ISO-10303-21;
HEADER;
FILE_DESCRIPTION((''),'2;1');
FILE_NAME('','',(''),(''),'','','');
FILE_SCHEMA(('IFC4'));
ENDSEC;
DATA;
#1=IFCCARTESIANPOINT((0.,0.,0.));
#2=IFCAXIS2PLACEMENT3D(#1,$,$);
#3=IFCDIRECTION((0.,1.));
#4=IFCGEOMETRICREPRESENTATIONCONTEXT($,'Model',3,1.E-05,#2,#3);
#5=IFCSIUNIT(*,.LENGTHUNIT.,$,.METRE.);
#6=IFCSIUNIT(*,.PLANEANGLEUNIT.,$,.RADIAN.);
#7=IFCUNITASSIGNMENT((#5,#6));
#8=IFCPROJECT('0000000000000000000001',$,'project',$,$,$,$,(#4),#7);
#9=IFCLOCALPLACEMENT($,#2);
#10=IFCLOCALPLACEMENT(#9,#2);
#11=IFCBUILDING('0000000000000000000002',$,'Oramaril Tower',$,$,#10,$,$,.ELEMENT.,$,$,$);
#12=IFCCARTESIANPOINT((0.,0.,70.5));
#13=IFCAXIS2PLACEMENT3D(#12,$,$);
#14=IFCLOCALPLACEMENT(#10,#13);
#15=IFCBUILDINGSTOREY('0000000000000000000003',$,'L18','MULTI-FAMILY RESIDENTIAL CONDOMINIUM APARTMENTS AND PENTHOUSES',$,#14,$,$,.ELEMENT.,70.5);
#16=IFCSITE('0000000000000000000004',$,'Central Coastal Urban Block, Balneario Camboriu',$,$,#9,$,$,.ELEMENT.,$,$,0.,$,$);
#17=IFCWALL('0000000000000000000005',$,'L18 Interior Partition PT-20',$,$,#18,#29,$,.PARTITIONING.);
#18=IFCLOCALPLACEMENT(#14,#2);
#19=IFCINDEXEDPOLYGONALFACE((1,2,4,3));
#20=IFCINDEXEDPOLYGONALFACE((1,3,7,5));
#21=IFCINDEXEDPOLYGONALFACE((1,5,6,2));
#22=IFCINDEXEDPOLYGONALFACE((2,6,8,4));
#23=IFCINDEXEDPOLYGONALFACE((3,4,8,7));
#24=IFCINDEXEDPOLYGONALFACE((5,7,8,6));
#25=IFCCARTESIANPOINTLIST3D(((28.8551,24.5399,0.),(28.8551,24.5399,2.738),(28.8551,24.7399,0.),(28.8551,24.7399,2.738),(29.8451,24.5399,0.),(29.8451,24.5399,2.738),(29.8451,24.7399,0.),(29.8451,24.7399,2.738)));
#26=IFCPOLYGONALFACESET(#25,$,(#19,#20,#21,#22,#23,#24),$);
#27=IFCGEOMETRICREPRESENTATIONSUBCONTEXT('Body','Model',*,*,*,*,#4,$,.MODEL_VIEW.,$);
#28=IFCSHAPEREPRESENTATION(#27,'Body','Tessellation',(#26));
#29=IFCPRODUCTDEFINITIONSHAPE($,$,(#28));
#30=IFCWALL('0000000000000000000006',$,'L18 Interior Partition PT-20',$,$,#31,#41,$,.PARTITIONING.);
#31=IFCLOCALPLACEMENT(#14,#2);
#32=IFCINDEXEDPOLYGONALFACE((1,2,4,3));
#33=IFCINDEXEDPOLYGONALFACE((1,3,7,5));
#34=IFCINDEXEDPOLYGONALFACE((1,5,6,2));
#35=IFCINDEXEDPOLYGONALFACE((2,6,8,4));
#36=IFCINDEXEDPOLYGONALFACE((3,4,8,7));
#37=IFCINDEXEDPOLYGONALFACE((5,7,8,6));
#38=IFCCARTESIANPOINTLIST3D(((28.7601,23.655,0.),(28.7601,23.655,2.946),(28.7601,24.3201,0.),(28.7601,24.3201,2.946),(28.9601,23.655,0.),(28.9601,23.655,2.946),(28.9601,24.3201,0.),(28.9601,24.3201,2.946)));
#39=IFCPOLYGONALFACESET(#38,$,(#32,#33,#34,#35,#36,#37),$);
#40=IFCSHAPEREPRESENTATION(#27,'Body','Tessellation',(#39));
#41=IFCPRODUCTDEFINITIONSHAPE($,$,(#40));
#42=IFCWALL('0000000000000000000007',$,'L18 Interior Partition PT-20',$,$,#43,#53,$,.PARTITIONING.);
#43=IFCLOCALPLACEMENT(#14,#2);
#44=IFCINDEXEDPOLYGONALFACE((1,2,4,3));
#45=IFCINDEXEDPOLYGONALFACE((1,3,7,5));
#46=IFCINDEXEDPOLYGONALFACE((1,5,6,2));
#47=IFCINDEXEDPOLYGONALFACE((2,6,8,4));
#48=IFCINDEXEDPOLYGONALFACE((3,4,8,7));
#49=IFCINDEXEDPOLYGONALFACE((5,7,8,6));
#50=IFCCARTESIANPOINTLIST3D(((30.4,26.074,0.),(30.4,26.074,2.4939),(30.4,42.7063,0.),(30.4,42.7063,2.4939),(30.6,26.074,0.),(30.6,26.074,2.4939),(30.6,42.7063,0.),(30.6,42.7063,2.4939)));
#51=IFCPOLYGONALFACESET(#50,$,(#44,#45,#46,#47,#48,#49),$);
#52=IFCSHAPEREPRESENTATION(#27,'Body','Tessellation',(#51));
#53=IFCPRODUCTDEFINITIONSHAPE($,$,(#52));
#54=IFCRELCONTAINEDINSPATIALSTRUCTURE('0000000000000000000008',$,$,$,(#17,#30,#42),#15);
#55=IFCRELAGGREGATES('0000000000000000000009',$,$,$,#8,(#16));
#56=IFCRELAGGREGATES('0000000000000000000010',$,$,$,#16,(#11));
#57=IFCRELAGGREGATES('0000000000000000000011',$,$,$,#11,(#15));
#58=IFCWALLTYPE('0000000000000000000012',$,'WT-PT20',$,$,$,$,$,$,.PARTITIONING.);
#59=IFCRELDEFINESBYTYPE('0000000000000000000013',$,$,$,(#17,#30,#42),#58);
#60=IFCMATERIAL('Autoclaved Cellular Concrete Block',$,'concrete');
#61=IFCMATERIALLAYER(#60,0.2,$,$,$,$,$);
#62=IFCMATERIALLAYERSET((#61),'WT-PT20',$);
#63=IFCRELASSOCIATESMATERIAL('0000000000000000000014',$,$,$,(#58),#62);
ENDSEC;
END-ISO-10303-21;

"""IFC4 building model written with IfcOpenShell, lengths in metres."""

from ifc_helpers import new_model, si_unit, direction, frame, frame_2d, origin, place, context, subcontext, project, spatial, rectangle, extrude, material, layer, layer_set, type_object, element, save


model = new_model("IFC4")

# Units and contexts
model_context = context("Model", 3, precision=1e-05, world=origin(), true_north=direction((0.0, 1.0)))
body_context = subcontext(model_context, "Body", "Model", "MODEL_VIEW")
ifc_project = project(units=[si_unit("LENGTHUNIT", "METRE"), si_unit("PLANEANGLEUNIT", "RADIAN")], contexts=[model_context])

# Site, building, storey
site_placement = place(None, origin())
site = spatial("IfcSite", under=ifc_project, at=site_placement, Name="Central Coastal Urban Block, Balneario Camboriu", CompositionType="ELEMENT", RefElevation=0.0)
building_placement = place(site_placement, origin())
building = spatial("IfcBuilding", under=site, at=building_placement, Name="Oramaril Tower", CompositionType="ELEMENT")
storey_placement = place(building_placement, frame((0.0, 0.0, 70.5)))
storey = spatial("IfcBuildingStorey", under=building, at=storey_placement, Name="L18", Description="MULTI-FAMILY RESIDENTIAL CONDOMINIUM APARTMENTS AND PENTHOUSES", CompositionType="ELEMENT", Elevation=70.5)

# Wall
ifc_material_1 = material(Name="Autoclaved Cellular Concrete Block", Category="concrete")
ifc_layer_1 = layer(ifc_material_1, 0.2)
ifc_layer_set_1 = layer_set([ifc_layer_1], Name="WT-PT20")
wall_type_1 = type_object("IfcWallType", Name="WT-PT20", PredefinedType="PARTITIONING", material=ifc_layer_set_1)
wall_1_placement = place(storey_placement, frame((28.855, 24.6399, 0.0), z_axis=(0.0, 0.0, 1.0), x_axis=(1.0, 0.0, 0.0)))
element("IfcWall", 1, at=wall_1_placement, inside=storey, type_object=wall_type_1, Name="L18 Interior Partition PT-20", PredefinedType="PARTITIONING", context=body_context, shape_type="SweptSolid", body=[
    extrude(rectangle(XDim=0.99, YDim=0.2, at=frame_2d((0.4951, 0.0))), origin(), (0.0, 0.0, 1.0), 2.738),
])

# Walls
wall_2_placement = place(storey_placement, frame((28.8601, 23.655, 0.0), z_axis=(0.0, 0.0, 1.0), x_axis=(0.0, 1.0, 0.0)))
element("IfcWall", 2, at=wall_2_placement, inside=storey, type_object=wall_type_1, Name="L18 Interior Partition PT-20", PredefinedType="PARTITIONING", context=body_context, shape_type="SweptSolid", body=[
    extrude(rectangle(XDim=0.665, YDim=0.2, at=frame_2d((0.3325, 0.0))), origin(), (0.0, 0.0, 1.0), 2.946),
])
wall_3_placement = place(storey_placement, frame((30.5, 26.074, 0.0), z_axis=(0.0, 0.0, 1.0), x_axis=(0.0, 1.0, 0.0)))
element("IfcWall", 3, at=wall_3_placement, inside=storey, type_object=wall_type_1, Name="L18 Interior Partition PT-20", PredefinedType="PARTITIONING", context=body_context, shape_type="SweptSolid", body=[
    extrude(rectangle(XDim=16.6323, YDim=0.2, at=frame_2d((8.3162, 0.0))), origin(), (0.0, 0.0, 1.0), 2.4939),
])

save(model, "model.ifc")
